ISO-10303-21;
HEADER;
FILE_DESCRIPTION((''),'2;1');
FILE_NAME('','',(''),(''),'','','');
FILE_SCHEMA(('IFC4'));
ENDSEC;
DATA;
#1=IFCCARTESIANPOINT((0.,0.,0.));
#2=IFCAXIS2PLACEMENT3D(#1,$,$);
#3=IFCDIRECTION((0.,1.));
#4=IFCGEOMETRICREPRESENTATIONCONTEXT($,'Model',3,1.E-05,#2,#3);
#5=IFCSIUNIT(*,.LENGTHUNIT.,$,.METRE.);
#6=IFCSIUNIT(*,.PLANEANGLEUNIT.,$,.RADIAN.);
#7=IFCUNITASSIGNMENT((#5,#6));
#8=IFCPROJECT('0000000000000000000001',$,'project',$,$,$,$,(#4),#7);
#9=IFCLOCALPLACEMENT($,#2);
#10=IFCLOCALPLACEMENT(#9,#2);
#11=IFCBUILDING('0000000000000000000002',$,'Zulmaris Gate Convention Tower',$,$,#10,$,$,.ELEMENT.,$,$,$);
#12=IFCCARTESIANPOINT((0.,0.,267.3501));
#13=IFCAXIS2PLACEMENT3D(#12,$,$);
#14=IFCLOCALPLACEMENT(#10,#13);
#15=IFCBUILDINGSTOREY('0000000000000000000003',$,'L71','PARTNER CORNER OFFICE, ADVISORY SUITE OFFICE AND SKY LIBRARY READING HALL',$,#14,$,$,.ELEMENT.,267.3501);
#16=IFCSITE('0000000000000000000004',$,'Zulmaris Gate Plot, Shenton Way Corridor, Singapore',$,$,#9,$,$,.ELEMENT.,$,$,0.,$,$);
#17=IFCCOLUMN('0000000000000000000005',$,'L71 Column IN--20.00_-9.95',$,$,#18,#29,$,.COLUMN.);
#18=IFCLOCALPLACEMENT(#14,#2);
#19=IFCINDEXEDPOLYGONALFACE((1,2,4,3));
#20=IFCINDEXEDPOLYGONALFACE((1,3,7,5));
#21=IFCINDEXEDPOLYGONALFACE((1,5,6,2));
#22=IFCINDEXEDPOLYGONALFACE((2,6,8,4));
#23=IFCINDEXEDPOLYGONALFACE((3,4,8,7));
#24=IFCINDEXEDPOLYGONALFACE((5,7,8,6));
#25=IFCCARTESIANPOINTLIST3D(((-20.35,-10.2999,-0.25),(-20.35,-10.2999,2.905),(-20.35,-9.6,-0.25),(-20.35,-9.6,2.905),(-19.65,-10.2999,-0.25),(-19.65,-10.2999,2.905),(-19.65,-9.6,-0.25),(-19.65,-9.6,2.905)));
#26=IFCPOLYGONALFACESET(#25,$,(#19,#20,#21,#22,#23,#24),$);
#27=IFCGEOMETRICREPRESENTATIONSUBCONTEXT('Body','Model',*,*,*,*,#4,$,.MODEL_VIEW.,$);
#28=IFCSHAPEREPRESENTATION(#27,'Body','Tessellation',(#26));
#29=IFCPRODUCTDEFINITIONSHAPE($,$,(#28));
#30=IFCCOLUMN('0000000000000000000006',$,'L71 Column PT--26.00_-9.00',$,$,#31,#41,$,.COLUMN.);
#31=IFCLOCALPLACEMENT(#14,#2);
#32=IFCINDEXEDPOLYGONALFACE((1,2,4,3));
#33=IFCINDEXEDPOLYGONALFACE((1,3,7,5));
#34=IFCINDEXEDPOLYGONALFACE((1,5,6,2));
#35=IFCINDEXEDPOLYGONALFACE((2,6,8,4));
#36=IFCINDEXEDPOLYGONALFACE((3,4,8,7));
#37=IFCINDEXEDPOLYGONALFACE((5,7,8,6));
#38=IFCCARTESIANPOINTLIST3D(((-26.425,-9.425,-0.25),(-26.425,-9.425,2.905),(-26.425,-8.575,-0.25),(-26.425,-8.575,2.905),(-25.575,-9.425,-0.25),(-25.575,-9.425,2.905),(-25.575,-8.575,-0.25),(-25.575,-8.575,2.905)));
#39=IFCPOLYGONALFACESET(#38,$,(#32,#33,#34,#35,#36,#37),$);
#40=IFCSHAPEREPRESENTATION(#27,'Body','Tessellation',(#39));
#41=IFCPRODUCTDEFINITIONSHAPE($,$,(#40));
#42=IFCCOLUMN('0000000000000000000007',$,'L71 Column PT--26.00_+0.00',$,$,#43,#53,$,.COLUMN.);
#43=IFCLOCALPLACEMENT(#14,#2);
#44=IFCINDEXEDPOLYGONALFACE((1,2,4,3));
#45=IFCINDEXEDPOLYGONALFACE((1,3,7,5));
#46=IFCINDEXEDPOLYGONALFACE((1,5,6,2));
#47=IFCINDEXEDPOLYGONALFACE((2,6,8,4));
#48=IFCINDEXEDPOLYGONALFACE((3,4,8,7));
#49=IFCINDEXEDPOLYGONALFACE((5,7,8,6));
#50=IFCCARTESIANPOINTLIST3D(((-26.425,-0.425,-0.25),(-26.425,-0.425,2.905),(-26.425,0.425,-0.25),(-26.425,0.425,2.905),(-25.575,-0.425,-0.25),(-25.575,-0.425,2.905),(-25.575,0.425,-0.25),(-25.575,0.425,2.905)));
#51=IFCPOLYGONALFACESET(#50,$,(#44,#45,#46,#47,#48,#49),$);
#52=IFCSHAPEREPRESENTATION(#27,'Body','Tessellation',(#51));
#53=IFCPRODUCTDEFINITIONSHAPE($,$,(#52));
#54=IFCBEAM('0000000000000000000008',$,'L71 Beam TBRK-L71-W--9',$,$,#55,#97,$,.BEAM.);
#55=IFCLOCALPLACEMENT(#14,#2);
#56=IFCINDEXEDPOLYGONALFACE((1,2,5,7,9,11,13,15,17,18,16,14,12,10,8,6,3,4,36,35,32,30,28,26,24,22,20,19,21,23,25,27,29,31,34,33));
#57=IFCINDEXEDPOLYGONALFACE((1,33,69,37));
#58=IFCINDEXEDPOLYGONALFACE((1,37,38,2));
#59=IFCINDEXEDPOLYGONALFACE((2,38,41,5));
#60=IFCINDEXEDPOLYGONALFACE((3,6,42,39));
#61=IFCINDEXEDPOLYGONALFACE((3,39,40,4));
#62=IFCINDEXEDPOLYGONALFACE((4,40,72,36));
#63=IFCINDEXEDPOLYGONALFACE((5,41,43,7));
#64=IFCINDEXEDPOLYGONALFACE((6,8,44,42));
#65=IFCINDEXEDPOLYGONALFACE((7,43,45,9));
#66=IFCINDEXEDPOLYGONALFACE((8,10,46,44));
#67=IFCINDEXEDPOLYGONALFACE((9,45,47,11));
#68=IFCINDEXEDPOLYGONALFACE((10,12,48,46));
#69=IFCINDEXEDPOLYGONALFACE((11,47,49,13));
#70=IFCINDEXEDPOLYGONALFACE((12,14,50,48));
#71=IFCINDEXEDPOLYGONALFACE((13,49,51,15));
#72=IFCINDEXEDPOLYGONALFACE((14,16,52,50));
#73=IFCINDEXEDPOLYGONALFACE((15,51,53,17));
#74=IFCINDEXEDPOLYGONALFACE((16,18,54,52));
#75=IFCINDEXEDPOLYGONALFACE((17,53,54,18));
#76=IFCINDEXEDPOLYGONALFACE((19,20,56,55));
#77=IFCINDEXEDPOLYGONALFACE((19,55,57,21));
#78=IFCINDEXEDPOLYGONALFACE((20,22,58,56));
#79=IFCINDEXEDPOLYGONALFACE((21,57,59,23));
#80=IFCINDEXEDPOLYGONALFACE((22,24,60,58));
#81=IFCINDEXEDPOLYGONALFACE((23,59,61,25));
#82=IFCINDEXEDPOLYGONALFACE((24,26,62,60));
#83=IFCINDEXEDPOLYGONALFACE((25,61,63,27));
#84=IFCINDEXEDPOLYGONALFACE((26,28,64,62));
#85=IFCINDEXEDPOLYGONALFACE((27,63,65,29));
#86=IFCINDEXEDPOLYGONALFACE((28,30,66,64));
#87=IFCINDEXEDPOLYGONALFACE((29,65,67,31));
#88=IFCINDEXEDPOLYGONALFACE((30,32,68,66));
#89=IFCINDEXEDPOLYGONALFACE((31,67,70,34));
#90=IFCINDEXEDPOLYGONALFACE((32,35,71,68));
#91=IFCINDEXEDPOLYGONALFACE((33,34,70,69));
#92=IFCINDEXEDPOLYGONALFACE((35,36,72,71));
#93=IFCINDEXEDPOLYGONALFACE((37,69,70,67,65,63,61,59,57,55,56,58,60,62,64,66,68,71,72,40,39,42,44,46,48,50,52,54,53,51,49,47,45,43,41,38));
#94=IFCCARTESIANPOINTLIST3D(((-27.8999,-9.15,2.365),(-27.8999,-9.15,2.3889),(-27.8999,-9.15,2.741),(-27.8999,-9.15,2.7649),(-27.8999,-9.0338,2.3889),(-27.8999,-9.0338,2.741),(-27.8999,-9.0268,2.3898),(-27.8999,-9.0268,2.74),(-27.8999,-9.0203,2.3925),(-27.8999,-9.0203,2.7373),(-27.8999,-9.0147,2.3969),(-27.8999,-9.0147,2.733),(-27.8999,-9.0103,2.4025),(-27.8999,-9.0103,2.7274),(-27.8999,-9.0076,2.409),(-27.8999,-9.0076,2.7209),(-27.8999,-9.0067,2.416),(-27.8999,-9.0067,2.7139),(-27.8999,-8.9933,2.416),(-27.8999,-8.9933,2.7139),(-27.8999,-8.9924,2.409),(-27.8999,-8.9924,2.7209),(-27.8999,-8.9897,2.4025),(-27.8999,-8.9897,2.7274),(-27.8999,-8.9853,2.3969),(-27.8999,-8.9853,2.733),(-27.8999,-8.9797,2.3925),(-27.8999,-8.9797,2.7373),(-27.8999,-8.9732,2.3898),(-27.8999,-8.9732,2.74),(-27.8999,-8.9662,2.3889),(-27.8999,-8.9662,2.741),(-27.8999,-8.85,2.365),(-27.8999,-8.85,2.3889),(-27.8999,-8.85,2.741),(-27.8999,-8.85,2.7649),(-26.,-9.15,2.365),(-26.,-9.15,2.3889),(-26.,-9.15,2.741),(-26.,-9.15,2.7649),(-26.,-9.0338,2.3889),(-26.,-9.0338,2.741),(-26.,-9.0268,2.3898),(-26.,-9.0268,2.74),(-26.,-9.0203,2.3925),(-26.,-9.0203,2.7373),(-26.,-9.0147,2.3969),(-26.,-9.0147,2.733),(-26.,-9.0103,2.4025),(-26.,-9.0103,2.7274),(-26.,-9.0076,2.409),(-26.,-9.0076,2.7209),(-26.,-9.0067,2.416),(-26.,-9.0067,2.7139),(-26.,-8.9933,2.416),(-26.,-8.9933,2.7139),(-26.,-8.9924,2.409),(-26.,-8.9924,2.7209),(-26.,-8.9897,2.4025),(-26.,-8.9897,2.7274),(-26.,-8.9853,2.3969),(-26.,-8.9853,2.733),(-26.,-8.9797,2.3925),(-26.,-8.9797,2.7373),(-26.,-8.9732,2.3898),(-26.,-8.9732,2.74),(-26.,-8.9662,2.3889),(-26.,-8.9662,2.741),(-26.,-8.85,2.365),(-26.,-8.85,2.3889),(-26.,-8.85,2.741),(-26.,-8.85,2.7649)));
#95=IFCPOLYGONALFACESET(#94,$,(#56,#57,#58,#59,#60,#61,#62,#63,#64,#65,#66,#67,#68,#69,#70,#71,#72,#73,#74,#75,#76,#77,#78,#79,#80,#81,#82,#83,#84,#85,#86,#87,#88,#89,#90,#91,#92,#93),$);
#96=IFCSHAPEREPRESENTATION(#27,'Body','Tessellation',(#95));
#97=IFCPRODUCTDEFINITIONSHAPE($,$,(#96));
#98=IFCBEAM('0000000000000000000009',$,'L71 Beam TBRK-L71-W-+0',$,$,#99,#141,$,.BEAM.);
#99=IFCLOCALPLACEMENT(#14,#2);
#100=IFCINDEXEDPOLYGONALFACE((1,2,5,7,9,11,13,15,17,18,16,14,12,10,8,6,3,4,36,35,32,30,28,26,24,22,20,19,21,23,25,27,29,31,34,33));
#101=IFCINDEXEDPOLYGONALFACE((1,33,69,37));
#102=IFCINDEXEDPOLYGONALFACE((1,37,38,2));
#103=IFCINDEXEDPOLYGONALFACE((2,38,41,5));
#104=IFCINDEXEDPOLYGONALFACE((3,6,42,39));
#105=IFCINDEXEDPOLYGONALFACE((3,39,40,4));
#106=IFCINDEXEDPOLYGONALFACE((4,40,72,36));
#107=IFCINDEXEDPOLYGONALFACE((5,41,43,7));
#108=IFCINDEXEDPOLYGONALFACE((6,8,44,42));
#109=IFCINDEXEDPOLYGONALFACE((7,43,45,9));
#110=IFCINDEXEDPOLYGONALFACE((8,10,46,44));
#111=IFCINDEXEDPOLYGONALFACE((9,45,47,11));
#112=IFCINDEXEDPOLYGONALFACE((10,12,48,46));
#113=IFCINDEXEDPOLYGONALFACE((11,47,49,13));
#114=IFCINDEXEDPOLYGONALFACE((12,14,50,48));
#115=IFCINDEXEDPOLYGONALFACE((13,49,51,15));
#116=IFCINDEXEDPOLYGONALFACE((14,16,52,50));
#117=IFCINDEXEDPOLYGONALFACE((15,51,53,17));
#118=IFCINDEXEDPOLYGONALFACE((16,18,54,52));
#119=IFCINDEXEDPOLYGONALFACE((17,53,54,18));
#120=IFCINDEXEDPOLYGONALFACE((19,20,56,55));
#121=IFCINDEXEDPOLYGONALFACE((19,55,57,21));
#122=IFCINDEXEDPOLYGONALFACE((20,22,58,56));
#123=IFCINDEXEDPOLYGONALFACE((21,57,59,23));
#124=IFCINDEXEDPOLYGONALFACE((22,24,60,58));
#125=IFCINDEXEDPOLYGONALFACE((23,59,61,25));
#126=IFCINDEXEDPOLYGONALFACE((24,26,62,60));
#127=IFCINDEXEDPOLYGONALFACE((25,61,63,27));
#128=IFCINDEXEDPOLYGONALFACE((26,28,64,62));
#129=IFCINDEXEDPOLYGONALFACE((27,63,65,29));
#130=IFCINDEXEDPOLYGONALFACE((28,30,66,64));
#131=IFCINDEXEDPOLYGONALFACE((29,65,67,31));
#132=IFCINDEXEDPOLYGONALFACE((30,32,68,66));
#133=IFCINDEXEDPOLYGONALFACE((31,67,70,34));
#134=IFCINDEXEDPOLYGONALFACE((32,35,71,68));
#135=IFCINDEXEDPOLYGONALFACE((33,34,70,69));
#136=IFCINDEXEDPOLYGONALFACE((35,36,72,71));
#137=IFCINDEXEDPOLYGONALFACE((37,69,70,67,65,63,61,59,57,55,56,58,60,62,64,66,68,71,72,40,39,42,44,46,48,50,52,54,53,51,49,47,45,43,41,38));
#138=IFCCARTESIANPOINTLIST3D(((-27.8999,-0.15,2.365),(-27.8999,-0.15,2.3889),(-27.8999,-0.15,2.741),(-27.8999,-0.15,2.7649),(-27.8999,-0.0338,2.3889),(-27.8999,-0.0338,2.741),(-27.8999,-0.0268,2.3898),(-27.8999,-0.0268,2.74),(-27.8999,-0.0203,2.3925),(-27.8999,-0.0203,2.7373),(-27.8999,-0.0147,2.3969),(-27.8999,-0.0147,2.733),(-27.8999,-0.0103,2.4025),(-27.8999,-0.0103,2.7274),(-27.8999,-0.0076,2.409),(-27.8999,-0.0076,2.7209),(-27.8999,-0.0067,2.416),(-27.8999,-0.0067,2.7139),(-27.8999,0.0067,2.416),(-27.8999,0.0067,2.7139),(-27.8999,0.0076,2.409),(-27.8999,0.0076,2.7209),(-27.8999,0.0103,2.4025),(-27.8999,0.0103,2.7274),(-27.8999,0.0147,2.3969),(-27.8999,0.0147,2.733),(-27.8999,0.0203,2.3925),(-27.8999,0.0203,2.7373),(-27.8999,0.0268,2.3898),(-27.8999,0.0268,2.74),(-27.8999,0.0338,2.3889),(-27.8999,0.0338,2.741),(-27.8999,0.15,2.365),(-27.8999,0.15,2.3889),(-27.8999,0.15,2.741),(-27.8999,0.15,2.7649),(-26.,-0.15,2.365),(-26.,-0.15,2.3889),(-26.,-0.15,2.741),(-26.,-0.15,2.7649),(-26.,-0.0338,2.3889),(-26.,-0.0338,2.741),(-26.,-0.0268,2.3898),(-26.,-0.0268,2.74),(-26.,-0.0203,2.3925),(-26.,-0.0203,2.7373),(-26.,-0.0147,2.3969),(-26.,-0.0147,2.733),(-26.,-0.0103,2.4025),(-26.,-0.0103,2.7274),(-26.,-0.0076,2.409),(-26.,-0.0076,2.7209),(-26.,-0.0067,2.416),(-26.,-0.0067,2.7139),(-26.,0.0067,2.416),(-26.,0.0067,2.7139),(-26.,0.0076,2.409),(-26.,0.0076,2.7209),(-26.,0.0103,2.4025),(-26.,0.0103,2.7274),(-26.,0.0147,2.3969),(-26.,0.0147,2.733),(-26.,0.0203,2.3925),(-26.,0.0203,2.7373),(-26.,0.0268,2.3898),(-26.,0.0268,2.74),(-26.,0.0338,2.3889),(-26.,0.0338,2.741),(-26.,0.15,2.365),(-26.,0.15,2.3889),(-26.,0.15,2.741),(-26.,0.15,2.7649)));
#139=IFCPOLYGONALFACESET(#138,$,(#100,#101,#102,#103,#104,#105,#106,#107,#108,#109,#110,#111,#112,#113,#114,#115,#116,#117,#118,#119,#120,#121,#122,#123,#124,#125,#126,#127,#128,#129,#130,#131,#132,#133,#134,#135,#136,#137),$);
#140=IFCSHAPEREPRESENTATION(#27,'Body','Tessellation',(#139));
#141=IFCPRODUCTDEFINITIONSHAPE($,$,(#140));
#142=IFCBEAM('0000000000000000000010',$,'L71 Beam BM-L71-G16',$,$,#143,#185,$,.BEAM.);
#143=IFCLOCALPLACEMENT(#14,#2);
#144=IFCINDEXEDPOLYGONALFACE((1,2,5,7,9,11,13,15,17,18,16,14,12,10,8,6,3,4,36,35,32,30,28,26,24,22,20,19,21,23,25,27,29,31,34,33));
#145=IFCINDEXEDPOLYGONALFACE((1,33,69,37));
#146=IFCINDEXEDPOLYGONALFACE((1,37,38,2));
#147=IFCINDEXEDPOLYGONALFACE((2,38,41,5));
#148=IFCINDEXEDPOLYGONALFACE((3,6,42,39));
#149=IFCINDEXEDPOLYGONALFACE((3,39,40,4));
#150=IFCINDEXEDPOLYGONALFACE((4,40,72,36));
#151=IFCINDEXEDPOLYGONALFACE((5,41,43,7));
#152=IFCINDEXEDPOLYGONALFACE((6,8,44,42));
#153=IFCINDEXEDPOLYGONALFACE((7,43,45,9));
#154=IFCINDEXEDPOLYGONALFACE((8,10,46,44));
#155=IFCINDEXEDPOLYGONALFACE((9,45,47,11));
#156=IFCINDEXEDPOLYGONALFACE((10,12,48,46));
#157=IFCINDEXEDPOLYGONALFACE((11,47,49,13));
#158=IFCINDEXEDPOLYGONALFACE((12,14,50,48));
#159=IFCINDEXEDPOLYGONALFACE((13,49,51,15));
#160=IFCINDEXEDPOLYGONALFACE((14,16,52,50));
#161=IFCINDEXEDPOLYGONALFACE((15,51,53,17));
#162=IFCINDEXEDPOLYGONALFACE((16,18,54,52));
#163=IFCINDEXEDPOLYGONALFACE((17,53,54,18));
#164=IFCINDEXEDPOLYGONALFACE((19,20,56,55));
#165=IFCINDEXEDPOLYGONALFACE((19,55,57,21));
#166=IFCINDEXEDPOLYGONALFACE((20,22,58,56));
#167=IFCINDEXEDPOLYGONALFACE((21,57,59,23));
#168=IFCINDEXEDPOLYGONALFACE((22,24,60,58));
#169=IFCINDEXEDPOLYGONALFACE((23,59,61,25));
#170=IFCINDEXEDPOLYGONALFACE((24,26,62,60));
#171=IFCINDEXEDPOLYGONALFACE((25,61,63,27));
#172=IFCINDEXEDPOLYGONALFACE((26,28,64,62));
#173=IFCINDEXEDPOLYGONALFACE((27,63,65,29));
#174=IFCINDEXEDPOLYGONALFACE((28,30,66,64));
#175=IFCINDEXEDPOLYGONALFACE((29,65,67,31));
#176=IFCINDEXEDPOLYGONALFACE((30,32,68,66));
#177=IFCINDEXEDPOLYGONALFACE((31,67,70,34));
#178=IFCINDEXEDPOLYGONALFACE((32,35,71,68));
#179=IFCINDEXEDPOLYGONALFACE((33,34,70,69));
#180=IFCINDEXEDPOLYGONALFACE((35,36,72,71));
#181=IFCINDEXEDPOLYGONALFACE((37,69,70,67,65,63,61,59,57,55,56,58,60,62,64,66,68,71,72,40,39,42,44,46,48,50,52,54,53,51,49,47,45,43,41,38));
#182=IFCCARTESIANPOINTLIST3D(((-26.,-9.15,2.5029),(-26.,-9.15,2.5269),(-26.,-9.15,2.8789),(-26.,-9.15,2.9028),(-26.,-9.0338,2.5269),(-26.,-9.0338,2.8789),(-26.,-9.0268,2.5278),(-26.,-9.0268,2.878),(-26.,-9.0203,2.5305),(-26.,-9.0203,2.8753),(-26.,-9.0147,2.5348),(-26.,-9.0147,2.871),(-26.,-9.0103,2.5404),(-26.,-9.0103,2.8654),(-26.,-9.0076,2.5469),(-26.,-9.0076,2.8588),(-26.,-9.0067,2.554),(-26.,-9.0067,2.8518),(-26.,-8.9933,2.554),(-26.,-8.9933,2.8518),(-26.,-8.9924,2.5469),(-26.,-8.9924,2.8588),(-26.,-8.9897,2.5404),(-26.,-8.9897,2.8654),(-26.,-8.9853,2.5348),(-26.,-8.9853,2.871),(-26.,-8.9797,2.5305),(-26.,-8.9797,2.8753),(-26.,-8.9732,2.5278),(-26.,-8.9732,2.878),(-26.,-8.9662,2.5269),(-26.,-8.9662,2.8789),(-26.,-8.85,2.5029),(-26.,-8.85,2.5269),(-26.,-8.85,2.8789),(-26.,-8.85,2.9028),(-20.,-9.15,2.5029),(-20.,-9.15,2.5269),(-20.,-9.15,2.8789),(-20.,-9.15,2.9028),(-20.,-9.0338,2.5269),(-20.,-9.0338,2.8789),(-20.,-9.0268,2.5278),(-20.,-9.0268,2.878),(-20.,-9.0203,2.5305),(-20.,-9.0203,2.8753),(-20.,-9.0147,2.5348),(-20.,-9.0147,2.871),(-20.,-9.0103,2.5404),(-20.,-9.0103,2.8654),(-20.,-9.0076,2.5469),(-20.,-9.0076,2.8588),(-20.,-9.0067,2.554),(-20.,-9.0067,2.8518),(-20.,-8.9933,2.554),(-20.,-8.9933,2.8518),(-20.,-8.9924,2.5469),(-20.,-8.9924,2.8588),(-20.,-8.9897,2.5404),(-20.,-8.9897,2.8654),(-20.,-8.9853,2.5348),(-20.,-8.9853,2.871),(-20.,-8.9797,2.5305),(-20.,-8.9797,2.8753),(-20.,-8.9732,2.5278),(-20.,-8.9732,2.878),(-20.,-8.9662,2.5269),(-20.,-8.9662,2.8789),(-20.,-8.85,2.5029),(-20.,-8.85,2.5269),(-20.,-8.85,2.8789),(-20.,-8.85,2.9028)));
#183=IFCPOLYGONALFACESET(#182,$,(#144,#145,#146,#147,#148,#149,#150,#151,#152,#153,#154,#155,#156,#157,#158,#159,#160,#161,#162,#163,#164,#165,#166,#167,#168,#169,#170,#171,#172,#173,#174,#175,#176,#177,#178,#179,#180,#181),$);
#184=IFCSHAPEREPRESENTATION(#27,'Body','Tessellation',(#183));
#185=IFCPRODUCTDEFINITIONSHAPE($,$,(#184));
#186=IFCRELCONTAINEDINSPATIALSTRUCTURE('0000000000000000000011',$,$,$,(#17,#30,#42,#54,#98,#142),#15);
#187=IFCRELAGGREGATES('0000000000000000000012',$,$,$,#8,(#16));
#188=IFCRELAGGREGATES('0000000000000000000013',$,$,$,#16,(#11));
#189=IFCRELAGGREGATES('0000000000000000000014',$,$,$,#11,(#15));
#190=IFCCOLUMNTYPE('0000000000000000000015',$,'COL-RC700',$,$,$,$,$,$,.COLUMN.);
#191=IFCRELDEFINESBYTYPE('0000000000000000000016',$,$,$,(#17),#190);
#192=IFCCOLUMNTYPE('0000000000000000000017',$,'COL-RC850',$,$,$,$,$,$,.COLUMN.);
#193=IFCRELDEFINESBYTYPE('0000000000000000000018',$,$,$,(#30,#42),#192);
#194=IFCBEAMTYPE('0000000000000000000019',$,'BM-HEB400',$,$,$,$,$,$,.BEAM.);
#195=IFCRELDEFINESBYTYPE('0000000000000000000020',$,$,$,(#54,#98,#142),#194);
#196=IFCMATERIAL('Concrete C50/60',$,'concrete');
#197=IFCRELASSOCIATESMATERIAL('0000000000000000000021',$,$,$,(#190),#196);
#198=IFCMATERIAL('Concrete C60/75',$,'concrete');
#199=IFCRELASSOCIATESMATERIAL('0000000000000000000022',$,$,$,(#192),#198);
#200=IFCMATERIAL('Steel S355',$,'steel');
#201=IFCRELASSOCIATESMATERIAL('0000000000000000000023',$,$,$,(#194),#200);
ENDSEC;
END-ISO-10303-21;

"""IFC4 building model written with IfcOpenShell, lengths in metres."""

from ifc_helpers import new_model, si_unit, direction, frame, origin, origin_2d, place, context, subcontext, project, spatial, rectangle, i_section, extrude, material, material_profile, profile_set, type_object, element, save


model = new_model("IFC4")

# Units and contexts
model_context = context("Model", 3, precision=1e-05, world=origin(), true_north=direction((0.0, 1.0)))
body_context = subcontext(model_context, "Body", "Model", "MODEL_VIEW")
ifc_project = project(units=[si_unit("LENGTHUNIT", "METRE"), si_unit("PLANEANGLEUNIT", "RADIAN")], contexts=[model_context])

# Site, building, storey
site_placement = place(None, origin())
site = spatial("IfcSite", under=ifc_project, at=site_placement, Name="Zulmaris Gate Plot, Shenton Way Corridor, Singapore", CompositionType="ELEMENT", RefElevation=0.0)
building_placement = place(site_placement, origin())
building = spatial("IfcBuilding", under=site, at=building_placement, Name="Zulmaris Gate Convention Tower", CompositionType="ELEMENT")
storey_placement = place(building_placement, frame((0.0, 0.0, 267.3501)))
storey = spatial("IfcBuildingStorey", under=building, at=storey_placement, Name="L71", Description="PARTNER CORNER OFFICE, ADVISORY SUITE OFFICE AND SKY LIBRARY READING HALL", CompositionType="ELEMENT", Elevation=267.3501)

# Columns
ifc_material_1 = material(Name="Concrete C50/60", Category="concrete")
ifc_material_profile_1 = material_profile(ifc_material_1, rectangle(XDim=0.7, YDim=0.7, at=origin_2d()), Name="RC COL 700x700")
ifc_profile_set_1 = profile_set([ifc_material_profile_1], Name="Concrete C50/60")
column_type_1 = type_object("IfcColumnType", Name="COL-RC700", PredefinedType="COLUMN", material=ifc_profile_set_1)
column_placement = place(storey_placement, frame((-20.0, -9.95, -0.25), z_axis=(0.0, 0.0, 1.0), x_axis=(1.0, 0.0, 0.0)))
element("IfcColumn", 1, at=column_placement, inside=storey, type_object=column_type_1, Name="L71 Column IN--20.00_-9.95", PredefinedType="COLUMN", context=body_context, shape_type="SweptSolid", body=[
    extrude(rectangle(XDim=0.7, YDim=0.7, at=origin_2d()), origin(), (0.0, 0.0, 1.0), 3.155),
])
ifc_material_2 = material(Name="Concrete C60/75", Category="concrete")
ifc_material_profile_2 = material_profile(ifc_material_2, rectangle(XDim=0.8501, YDim=0.8501, at=origin_2d()), Name="RC COL 850x850")
ifc_profile_set_2 = profile_set([ifc_material_profile_2], Name="Concrete C60/75")
column_type_2 = type_object("IfcColumnType", Name="COL-RC850", PredefinedType="COLUMN", material=ifc_profile_set_2)
for number, where, z_axis, x_axis, name in (
    (2, (-26.0, -9.0, -0.25), (0.0, 0.0, 1.0), (1.0, 0.0, 0.0), "L71 Column PT--26.00_-9.00"),
    (3, (-26.0, 0.0, -0.25), (0.0, 0.0, 1.0), (1.0, 0.0, 0.0), "L71 Column PT--26.00_+0.00"),
):
    element("IfcColumn", number, at=place(storey_placement, frame(where, z_axis=z_axis, x_axis=x_axis)), inside=storey, type_object=column_type_2, Name=name, PredefinedType="COLUMN", context=body_context, shape_type="SweptSolid", body=[
        extrude(rectangle(XDim=0.8501, YDim=0.8501, at=origin_2d()), origin(), (0.0, 0.0, 1.0), 3.155),
    ])

# Beams
ifc_material_3 = material(Name="Steel S355", Category="steel")
ifc_material_profile_3 = material_profile(ifc_material_3, i_section(OverallWidth=0.3, OverallDepth=0.3999, WebThickness=0.0134, FlangeThickness=0.0239, FilletRadius=0.0271, at=origin_2d()), Name="HEB 400")
ifc_profile_set_3 = profile_set([ifc_material_profile_3], Name="Steel S355")
beam_type_1 = type_object("IfcBeamType", Name="BM-HEB400", PredefinedType="BEAM", material=ifc_profile_set_3)
for number, where, z_axis, x_axis, name in (
    (4, (-27.8999, -9.0, 2.5649), (1.0, 0.0, 0.0), (0.0, 1.0, 0.0), "L71 Beam TBRK-L71-W--9"),
    (5, (-27.8999, 0.0, 2.5649), (1.0, 0.0, 0.0), (0.0, 1.0, 0.0), "L71 Beam TBRK-L71-W-+0"),
):
    element("IfcBeam", number, at=place(storey_placement, frame(where, z_axis=z_axis, x_axis=x_axis)), inside=storey, type_object=beam_type_1, Name=name, PredefinedType="BEAM", context=body_context, shape_type="SweptSolid", body=[
        extrude(i_section(OverallWidth=0.3, OverallDepth=0.3999, WebThickness=0.0134, FlangeThickness=0.0239, FilletRadius=0.0271, at=origin_2d()), origin(), (0.0, 0.0, 1.0), 1.8999),
    ])
beam_1_placement = place(storey_placement, frame((-26.0, -9.0, 2.7029), z_axis=(1.0, 0.0, 0.0), x_axis=(0.0, 1.0, 0.0)))
element("IfcBeam", 6, at=beam_1_placement, inside=storey, type_object=beam_type_1, Name="L71 Beam BM-L71-G16", PredefinedType="BEAM", context=body_context, shape_type="SweptSolid", body=[
    extrude(i_section(OverallWidth=0.3, OverallDepth=0.3999, WebThickness=0.0134, FlangeThickness=0.0239, FilletRadius=0.0271, at=origin_2d()), origin(), (0.0, 0.0, 1.0), 6.0),
])

save(model, "model.ifc")
